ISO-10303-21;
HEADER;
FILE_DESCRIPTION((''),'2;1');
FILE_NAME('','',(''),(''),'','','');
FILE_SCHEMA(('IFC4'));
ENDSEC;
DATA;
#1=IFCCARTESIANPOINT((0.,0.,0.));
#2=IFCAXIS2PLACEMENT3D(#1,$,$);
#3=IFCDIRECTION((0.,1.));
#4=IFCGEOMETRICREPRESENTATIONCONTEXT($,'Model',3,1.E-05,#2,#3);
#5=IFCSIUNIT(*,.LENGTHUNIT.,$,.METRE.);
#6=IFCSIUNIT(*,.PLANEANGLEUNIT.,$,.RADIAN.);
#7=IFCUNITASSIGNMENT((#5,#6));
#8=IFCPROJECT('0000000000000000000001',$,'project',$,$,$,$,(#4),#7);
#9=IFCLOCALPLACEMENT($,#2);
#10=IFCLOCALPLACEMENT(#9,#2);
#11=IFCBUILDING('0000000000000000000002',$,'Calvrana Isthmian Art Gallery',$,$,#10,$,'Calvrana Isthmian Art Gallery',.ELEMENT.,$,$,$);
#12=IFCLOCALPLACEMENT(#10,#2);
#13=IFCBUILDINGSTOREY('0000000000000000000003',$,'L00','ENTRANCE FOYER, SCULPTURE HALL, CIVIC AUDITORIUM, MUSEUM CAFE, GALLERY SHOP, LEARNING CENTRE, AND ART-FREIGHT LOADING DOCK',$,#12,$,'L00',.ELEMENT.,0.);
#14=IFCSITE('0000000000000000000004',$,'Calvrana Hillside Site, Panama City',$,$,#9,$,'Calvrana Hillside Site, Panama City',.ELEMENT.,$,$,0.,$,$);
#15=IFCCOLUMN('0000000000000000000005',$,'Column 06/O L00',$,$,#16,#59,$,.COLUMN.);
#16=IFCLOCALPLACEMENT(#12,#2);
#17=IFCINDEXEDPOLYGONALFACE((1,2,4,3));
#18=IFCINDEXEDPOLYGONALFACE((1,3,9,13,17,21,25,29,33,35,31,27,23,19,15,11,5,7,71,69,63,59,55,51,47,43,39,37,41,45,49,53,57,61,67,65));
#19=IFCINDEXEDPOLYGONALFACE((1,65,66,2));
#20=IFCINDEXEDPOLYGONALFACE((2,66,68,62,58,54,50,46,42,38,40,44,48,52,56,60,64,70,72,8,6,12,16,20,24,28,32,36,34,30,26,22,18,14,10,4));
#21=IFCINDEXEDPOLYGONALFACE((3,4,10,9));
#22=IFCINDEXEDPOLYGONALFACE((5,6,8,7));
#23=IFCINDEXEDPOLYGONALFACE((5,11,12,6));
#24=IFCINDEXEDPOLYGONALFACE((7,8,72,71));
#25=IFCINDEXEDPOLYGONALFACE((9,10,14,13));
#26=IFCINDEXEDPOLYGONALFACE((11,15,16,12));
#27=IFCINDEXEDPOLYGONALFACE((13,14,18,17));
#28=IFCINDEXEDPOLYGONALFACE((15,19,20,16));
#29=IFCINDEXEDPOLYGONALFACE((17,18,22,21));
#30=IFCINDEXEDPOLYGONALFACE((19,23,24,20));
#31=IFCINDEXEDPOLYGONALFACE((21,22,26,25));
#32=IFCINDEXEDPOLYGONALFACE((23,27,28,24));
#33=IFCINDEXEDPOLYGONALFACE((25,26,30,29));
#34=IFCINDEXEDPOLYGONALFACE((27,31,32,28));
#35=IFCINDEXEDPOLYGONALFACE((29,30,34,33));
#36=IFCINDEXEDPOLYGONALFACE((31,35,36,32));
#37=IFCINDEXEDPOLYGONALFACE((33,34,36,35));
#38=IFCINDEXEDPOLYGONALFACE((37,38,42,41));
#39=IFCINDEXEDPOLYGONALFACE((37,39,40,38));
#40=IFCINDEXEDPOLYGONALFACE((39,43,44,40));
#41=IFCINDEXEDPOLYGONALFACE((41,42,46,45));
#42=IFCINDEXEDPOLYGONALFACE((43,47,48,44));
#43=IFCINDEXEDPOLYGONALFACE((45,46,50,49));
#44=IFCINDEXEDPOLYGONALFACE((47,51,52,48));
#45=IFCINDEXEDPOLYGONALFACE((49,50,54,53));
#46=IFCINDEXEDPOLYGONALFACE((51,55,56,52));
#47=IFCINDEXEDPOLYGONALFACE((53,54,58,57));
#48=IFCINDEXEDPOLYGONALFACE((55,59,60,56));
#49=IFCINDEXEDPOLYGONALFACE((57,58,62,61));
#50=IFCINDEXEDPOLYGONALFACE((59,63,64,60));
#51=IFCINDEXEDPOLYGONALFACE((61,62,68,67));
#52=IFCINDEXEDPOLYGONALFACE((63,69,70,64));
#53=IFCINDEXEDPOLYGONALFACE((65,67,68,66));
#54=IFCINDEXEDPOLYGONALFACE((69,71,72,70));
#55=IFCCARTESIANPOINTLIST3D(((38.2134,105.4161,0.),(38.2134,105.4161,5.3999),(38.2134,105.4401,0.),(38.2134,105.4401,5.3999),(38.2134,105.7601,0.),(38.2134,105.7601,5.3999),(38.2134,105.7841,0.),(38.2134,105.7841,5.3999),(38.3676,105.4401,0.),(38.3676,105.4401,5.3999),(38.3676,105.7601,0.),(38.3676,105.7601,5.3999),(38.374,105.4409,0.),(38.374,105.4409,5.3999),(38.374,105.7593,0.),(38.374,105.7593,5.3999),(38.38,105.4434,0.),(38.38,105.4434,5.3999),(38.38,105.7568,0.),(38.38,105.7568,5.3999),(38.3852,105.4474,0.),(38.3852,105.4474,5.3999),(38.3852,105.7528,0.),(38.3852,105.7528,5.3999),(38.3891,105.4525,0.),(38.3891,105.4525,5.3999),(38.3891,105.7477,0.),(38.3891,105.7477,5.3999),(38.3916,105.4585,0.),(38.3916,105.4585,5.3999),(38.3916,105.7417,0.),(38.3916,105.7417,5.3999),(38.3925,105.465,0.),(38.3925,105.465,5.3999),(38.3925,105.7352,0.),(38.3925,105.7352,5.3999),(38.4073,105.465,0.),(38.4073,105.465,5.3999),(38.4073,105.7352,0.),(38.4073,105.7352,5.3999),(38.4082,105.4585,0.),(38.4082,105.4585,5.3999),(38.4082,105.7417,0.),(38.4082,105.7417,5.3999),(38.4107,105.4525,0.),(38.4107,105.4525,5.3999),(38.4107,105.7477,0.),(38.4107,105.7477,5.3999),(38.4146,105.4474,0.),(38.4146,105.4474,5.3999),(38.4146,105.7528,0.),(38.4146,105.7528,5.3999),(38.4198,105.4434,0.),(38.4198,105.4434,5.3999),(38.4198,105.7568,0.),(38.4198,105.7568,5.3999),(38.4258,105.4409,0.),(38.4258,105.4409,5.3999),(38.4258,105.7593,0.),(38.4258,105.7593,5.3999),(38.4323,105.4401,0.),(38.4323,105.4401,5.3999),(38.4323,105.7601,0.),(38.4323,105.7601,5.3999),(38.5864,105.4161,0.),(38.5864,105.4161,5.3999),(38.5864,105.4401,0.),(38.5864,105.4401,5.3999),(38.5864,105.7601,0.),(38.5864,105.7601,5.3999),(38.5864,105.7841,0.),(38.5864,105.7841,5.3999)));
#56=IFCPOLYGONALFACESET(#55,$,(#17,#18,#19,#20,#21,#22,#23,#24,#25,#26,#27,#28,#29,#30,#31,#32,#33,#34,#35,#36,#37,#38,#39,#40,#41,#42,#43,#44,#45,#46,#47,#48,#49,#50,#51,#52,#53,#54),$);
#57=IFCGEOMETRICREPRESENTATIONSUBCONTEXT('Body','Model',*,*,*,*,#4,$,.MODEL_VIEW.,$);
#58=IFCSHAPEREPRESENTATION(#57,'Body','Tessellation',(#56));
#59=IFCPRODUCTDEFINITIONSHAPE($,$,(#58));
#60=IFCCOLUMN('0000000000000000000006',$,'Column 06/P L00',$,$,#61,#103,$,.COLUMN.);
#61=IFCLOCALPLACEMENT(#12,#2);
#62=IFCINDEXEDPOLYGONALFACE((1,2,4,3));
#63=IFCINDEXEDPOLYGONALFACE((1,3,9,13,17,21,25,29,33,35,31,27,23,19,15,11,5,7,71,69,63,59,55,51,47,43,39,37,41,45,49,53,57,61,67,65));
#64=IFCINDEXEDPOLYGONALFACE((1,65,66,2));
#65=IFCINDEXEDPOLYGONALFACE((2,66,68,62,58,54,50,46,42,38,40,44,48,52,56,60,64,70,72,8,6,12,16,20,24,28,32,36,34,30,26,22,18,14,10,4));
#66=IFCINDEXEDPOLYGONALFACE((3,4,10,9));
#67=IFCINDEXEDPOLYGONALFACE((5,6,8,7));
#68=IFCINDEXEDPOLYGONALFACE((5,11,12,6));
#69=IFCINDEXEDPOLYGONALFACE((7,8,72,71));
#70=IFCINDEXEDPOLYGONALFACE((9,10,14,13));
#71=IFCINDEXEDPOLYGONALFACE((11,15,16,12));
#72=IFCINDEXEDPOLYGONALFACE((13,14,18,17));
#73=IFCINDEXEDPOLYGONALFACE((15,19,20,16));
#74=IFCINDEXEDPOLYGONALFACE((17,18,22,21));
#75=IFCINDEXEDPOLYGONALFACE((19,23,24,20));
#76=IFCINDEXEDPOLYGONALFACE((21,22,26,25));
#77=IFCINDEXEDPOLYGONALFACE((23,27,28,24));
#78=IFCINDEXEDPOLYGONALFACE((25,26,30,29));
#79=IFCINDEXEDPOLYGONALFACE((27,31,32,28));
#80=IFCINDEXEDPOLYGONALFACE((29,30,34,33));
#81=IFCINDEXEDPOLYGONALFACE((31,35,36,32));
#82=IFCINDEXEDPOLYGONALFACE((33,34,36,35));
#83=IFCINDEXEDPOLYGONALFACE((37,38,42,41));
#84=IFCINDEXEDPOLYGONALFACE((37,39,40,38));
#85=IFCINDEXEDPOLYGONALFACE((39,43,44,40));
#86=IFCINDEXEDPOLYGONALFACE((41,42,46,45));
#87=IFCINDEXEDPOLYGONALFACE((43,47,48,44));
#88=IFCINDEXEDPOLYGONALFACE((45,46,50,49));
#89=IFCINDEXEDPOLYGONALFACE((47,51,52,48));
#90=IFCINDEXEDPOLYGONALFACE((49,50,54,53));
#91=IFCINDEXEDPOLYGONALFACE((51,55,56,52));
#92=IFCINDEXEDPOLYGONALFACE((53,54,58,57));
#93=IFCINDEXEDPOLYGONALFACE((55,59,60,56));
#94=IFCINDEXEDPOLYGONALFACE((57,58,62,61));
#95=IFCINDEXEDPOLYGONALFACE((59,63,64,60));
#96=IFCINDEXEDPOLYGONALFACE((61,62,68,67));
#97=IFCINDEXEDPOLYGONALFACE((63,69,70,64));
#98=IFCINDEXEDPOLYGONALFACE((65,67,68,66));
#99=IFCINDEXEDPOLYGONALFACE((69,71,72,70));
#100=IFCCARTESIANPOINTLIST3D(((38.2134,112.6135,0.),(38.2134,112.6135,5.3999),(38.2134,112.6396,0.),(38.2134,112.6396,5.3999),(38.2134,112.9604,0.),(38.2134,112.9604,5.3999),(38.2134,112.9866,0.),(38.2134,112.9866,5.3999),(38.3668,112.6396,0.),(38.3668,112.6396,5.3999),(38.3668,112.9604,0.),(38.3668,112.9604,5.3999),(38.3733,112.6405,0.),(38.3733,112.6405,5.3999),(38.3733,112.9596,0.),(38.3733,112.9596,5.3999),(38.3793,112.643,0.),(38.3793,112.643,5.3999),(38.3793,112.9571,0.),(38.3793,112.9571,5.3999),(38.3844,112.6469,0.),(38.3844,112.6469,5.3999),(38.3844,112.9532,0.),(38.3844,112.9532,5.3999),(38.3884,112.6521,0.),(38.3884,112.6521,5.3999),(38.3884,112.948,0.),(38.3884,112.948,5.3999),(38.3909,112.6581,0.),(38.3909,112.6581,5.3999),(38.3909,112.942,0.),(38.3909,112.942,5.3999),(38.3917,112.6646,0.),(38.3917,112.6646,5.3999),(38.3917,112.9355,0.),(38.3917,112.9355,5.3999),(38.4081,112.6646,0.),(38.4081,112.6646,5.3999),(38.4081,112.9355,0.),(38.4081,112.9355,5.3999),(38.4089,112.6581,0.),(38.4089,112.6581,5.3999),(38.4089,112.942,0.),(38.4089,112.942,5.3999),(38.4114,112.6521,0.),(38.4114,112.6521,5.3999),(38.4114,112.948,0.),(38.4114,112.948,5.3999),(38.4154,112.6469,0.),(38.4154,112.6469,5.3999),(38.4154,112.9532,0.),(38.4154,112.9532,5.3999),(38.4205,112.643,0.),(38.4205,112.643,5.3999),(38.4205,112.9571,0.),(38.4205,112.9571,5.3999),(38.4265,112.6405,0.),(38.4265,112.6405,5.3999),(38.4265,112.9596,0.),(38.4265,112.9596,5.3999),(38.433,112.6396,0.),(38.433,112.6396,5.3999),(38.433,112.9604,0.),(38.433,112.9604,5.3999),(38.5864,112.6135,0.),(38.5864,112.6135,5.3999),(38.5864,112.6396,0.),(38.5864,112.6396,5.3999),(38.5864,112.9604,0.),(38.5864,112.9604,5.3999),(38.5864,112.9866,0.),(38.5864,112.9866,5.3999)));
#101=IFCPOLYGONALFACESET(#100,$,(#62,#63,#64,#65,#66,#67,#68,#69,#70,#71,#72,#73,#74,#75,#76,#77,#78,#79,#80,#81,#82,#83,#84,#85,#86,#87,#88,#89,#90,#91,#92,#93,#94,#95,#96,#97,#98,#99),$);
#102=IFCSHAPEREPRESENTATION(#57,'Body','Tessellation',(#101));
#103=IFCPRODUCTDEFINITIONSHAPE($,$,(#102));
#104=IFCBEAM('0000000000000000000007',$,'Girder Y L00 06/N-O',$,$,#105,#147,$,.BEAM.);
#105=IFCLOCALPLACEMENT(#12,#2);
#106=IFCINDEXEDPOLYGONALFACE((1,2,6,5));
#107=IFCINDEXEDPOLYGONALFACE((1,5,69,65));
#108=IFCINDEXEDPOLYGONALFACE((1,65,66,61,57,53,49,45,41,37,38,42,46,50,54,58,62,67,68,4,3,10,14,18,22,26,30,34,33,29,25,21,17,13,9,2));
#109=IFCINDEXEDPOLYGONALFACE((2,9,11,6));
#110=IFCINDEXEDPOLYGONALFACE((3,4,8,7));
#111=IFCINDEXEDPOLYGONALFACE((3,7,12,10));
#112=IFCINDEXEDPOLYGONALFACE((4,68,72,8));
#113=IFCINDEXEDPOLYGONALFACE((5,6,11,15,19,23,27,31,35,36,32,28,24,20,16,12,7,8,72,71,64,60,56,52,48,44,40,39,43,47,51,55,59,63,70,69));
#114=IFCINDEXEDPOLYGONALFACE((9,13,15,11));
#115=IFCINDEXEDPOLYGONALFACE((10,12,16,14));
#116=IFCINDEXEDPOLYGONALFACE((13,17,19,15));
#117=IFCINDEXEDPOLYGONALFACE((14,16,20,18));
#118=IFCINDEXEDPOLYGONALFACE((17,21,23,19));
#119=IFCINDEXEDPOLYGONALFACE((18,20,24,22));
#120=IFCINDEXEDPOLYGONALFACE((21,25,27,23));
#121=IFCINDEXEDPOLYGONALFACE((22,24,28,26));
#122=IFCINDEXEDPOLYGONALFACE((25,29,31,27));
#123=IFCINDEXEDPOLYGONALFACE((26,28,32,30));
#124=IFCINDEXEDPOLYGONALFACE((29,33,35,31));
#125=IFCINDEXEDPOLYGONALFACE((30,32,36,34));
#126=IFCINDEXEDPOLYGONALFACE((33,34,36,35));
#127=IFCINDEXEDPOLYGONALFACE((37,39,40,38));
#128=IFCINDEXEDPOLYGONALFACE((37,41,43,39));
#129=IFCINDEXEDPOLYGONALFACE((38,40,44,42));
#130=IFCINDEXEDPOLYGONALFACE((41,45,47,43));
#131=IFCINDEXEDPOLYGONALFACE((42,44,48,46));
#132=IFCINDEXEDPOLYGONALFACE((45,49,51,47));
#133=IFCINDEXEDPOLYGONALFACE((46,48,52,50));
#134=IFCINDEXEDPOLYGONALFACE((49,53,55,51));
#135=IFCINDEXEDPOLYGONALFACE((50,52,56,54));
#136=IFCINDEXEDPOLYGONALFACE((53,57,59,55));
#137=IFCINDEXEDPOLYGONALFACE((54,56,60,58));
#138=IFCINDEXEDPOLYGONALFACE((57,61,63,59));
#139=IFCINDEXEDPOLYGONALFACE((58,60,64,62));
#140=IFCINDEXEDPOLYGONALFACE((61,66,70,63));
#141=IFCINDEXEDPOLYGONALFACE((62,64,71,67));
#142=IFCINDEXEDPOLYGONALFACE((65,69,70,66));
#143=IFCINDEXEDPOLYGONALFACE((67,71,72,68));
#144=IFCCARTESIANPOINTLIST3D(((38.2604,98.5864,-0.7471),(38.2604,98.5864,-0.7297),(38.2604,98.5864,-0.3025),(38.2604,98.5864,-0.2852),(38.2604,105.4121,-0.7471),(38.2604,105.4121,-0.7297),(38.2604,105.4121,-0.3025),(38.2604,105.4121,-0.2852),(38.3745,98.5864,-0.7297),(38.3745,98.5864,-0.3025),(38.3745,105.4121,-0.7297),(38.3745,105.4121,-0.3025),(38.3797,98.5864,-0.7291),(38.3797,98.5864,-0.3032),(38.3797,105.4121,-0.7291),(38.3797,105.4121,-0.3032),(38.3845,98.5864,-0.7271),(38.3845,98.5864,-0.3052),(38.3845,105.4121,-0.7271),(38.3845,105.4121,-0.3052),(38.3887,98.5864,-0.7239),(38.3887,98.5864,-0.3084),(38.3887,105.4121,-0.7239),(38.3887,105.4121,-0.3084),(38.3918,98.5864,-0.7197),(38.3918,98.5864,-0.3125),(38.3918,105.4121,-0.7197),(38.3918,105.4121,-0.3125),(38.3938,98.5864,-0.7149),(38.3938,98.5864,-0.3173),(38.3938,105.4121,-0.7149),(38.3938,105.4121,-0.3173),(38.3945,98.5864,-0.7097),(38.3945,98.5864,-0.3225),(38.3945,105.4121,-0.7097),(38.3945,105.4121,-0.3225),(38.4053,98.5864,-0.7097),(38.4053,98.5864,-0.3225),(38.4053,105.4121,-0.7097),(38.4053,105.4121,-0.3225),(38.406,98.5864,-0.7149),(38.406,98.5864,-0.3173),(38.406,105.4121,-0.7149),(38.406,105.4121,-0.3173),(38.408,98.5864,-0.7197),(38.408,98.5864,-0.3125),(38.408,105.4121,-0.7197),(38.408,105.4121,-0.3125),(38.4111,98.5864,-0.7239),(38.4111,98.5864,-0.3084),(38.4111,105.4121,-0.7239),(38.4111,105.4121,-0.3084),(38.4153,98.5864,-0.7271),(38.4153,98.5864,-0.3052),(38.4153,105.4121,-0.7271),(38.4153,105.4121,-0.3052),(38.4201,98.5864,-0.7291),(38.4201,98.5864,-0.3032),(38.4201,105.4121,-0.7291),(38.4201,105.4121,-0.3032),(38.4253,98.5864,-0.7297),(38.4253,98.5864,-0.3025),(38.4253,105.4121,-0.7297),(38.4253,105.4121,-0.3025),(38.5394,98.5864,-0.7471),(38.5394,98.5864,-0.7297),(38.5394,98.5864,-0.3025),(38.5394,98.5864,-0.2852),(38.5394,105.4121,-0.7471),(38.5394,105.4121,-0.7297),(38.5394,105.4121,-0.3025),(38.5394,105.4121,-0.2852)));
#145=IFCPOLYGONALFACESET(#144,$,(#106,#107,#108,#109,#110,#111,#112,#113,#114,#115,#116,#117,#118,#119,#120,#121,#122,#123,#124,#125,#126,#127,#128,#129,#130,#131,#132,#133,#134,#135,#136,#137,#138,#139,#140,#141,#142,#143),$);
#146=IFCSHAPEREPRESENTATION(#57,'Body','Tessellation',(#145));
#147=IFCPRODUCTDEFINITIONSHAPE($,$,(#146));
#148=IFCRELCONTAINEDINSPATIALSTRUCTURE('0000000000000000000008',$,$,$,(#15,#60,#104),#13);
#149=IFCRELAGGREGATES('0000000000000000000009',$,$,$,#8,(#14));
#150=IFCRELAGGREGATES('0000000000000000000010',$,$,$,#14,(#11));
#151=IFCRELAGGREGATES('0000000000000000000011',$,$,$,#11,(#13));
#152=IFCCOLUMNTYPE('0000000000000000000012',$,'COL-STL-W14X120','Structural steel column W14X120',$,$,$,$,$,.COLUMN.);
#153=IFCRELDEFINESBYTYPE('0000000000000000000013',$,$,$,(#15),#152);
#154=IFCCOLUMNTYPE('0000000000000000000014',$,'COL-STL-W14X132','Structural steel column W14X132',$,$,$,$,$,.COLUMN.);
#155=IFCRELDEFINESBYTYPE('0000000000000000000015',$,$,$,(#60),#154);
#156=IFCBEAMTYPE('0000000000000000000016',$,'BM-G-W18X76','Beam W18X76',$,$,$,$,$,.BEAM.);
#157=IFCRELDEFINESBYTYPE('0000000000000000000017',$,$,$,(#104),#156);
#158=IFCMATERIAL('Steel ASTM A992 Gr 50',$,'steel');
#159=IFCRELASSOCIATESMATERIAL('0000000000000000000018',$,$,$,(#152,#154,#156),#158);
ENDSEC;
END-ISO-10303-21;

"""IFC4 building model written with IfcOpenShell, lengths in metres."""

from ifc_helpers import new_model, si_unit, direction, frame, origin, origin_2d, place, context, subcontext, project, spatial, i_section, extrude, material, material_profile, profile_set, type_object, element, save


model = new_model("IFC4")

# Units and contexts
model_context = context("Model", 3, precision=1e-05, world=origin(), true_north=direction((0.0, 1.0)))
body_context = subcontext(model_context, "Body", "Model", "MODEL_VIEW")
ifc_project = project(units=[si_unit("LENGTHUNIT", "METRE"), si_unit("PLANEANGLEUNIT", "RADIAN")], contexts=[model_context])

# Site, building, storey
site_placement = place(None, origin())
site = spatial("IfcSite", under=ifc_project, at=site_placement, Name="Calvrana Hillside Site, Panama City", LongName="Calvrana Hillside Site, Panama City", CompositionType="ELEMENT", RefElevation=0.0)
building_placement = place(site_placement, origin())
building = spatial("IfcBuilding", under=site, at=building_placement, Name="Calvrana Isthmian Art Gallery", LongName="Calvrana Isthmian Art Gallery", CompositionType="ELEMENT")
storey_placement = place(building_placement, origin())
storey = spatial("IfcBuildingStorey", under=building, at=storey_placement, Name="L00", Description="ENTRANCE FOYER, SCULPTURE HALL, CIVIC AUDITORIUM, MUSEUM CAFE, GALLERY SHOP, LEARNING CENTRE, AND ART-FREIGHT LOADING DOCK", LongName="L00", CompositionType="ELEMENT", Elevation=0.0)

# Columns
ifc_material_1 = material(Name="Steel ASTM A992 Gr 50", Category="steel")
ifc_material_profile_1 = material_profile(ifc_material_1, i_section(OverallWidth=0.373, OverallDepth=0.3679, WebThickness=0.0149, FlangeThickness=0.0239, FilletRadius=0.0249, at=origin_2d()), Name="W14X120")
ifc_profile_set_1 = profile_set([ifc_material_profile_1], Name="Steel ASTM A992 Gr 50")
column_type_1 = type_object("IfcColumnType", Name="COL-STL-W14X120", Description="Structural steel column W14X120", PredefinedType="COLUMN", material=ifc_profile_set_1)
column_1_placement = place(storey_placement, frame((38.3999, 105.6001, 0.0), z_axis=(0.0, 0.0, 1.0), x_axis=(1.0, 0.0, 0.0)))
element("IfcColumn", 1, at=column_1_placement, inside=storey, type_object=column_type_1, Name="Column 06/O L00", PredefinedType="COLUMN", context=body_context, shape_type="SweptSolid", body=[
    extrude(i_section(OverallWidth=0.373, OverallDepth=0.3679, WebThickness=0.0149, FlangeThickness=0.0239, FilletRadius=0.0249, at=origin_2d()), origin(), (0.0, 0.0, 1.0), 5.3999),
])
ifc_material_profile_2 = material_profile(ifc_material_1, i_section(OverallWidth=0.373, OverallDepth=0.373, WebThickness=0.0164, FlangeThickness=0.0261, FilletRadius=0.0249, at=origin_2d()), Name="W14X132")
ifc_profile_set_2 = profile_set([ifc_material_profile_2], Name="Steel ASTM A992 Gr 50")
column_type_2 = type_object("IfcColumnType", Name="COL-STL-W14X132", Description="Structural steel column W14X132", PredefinedType="COLUMN", material=ifc_profile_set_2)
column_2_placement = place(storey_placement, frame((38.3999, 112.8, 0.0), z_axis=(0.0, 0.0, 1.0), x_axis=(1.0, 0.0, 0.0)))
element("IfcColumn", 2, at=column_2_placement, inside=storey, type_object=column_type_2, Name="Column 06/P L00", PredefinedType="COLUMN", context=body_context, shape_type="SweptSolid", body=[
    extrude(i_section(OverallWidth=0.373, OverallDepth=0.373, WebThickness=0.0164, FlangeThickness=0.0261, FilletRadius=0.0249, at=origin_2d()), origin(), (0.0, 0.0, 1.0), 5.3999),
])

# Beam
ifc_material_profile_3 = material_profile(ifc_material_1, i_section(OverallWidth=0.2791, OverallDepth=0.4619, WebThickness=0.0107, FlangeThickness=0.0173, FilletRadius=0.02, at=origin_2d()), Name="W18X76")
ifc_profile_set_3 = profile_set([ifc_material_profile_3], Name="Steel ASTM A992 Gr 50")
beam_type_1 = type_object("IfcBeamType", Name="BM-G-W18X76", Description="Beam W18X76", PredefinedType="BEAM", material=ifc_profile_set_3)
beam_1_placement = place(storey_placement, frame((38.3999, 98.5864, -0.5161), z_axis=(0.0, 1.0, 0.0), x_axis=(-1.0, 0.0, 0.0)))
element("IfcBeam", 3, at=beam_1_placement, inside=storey, type_object=beam_type_1, Name="Girder Y L00 06/N-O", PredefinedType="BEAM", context=body_context, shape_type="SweptSolid", body=[
    extrude(i_section(OverallWidth=0.2791, OverallDepth=0.4619, WebThickness=0.0107, FlangeThickness=0.0173, FilletRadius=0.02, at=origin_2d()), origin(), (0.0, 0.0, 1.0), 6.8257),
])

save(model, "model.ifc")
